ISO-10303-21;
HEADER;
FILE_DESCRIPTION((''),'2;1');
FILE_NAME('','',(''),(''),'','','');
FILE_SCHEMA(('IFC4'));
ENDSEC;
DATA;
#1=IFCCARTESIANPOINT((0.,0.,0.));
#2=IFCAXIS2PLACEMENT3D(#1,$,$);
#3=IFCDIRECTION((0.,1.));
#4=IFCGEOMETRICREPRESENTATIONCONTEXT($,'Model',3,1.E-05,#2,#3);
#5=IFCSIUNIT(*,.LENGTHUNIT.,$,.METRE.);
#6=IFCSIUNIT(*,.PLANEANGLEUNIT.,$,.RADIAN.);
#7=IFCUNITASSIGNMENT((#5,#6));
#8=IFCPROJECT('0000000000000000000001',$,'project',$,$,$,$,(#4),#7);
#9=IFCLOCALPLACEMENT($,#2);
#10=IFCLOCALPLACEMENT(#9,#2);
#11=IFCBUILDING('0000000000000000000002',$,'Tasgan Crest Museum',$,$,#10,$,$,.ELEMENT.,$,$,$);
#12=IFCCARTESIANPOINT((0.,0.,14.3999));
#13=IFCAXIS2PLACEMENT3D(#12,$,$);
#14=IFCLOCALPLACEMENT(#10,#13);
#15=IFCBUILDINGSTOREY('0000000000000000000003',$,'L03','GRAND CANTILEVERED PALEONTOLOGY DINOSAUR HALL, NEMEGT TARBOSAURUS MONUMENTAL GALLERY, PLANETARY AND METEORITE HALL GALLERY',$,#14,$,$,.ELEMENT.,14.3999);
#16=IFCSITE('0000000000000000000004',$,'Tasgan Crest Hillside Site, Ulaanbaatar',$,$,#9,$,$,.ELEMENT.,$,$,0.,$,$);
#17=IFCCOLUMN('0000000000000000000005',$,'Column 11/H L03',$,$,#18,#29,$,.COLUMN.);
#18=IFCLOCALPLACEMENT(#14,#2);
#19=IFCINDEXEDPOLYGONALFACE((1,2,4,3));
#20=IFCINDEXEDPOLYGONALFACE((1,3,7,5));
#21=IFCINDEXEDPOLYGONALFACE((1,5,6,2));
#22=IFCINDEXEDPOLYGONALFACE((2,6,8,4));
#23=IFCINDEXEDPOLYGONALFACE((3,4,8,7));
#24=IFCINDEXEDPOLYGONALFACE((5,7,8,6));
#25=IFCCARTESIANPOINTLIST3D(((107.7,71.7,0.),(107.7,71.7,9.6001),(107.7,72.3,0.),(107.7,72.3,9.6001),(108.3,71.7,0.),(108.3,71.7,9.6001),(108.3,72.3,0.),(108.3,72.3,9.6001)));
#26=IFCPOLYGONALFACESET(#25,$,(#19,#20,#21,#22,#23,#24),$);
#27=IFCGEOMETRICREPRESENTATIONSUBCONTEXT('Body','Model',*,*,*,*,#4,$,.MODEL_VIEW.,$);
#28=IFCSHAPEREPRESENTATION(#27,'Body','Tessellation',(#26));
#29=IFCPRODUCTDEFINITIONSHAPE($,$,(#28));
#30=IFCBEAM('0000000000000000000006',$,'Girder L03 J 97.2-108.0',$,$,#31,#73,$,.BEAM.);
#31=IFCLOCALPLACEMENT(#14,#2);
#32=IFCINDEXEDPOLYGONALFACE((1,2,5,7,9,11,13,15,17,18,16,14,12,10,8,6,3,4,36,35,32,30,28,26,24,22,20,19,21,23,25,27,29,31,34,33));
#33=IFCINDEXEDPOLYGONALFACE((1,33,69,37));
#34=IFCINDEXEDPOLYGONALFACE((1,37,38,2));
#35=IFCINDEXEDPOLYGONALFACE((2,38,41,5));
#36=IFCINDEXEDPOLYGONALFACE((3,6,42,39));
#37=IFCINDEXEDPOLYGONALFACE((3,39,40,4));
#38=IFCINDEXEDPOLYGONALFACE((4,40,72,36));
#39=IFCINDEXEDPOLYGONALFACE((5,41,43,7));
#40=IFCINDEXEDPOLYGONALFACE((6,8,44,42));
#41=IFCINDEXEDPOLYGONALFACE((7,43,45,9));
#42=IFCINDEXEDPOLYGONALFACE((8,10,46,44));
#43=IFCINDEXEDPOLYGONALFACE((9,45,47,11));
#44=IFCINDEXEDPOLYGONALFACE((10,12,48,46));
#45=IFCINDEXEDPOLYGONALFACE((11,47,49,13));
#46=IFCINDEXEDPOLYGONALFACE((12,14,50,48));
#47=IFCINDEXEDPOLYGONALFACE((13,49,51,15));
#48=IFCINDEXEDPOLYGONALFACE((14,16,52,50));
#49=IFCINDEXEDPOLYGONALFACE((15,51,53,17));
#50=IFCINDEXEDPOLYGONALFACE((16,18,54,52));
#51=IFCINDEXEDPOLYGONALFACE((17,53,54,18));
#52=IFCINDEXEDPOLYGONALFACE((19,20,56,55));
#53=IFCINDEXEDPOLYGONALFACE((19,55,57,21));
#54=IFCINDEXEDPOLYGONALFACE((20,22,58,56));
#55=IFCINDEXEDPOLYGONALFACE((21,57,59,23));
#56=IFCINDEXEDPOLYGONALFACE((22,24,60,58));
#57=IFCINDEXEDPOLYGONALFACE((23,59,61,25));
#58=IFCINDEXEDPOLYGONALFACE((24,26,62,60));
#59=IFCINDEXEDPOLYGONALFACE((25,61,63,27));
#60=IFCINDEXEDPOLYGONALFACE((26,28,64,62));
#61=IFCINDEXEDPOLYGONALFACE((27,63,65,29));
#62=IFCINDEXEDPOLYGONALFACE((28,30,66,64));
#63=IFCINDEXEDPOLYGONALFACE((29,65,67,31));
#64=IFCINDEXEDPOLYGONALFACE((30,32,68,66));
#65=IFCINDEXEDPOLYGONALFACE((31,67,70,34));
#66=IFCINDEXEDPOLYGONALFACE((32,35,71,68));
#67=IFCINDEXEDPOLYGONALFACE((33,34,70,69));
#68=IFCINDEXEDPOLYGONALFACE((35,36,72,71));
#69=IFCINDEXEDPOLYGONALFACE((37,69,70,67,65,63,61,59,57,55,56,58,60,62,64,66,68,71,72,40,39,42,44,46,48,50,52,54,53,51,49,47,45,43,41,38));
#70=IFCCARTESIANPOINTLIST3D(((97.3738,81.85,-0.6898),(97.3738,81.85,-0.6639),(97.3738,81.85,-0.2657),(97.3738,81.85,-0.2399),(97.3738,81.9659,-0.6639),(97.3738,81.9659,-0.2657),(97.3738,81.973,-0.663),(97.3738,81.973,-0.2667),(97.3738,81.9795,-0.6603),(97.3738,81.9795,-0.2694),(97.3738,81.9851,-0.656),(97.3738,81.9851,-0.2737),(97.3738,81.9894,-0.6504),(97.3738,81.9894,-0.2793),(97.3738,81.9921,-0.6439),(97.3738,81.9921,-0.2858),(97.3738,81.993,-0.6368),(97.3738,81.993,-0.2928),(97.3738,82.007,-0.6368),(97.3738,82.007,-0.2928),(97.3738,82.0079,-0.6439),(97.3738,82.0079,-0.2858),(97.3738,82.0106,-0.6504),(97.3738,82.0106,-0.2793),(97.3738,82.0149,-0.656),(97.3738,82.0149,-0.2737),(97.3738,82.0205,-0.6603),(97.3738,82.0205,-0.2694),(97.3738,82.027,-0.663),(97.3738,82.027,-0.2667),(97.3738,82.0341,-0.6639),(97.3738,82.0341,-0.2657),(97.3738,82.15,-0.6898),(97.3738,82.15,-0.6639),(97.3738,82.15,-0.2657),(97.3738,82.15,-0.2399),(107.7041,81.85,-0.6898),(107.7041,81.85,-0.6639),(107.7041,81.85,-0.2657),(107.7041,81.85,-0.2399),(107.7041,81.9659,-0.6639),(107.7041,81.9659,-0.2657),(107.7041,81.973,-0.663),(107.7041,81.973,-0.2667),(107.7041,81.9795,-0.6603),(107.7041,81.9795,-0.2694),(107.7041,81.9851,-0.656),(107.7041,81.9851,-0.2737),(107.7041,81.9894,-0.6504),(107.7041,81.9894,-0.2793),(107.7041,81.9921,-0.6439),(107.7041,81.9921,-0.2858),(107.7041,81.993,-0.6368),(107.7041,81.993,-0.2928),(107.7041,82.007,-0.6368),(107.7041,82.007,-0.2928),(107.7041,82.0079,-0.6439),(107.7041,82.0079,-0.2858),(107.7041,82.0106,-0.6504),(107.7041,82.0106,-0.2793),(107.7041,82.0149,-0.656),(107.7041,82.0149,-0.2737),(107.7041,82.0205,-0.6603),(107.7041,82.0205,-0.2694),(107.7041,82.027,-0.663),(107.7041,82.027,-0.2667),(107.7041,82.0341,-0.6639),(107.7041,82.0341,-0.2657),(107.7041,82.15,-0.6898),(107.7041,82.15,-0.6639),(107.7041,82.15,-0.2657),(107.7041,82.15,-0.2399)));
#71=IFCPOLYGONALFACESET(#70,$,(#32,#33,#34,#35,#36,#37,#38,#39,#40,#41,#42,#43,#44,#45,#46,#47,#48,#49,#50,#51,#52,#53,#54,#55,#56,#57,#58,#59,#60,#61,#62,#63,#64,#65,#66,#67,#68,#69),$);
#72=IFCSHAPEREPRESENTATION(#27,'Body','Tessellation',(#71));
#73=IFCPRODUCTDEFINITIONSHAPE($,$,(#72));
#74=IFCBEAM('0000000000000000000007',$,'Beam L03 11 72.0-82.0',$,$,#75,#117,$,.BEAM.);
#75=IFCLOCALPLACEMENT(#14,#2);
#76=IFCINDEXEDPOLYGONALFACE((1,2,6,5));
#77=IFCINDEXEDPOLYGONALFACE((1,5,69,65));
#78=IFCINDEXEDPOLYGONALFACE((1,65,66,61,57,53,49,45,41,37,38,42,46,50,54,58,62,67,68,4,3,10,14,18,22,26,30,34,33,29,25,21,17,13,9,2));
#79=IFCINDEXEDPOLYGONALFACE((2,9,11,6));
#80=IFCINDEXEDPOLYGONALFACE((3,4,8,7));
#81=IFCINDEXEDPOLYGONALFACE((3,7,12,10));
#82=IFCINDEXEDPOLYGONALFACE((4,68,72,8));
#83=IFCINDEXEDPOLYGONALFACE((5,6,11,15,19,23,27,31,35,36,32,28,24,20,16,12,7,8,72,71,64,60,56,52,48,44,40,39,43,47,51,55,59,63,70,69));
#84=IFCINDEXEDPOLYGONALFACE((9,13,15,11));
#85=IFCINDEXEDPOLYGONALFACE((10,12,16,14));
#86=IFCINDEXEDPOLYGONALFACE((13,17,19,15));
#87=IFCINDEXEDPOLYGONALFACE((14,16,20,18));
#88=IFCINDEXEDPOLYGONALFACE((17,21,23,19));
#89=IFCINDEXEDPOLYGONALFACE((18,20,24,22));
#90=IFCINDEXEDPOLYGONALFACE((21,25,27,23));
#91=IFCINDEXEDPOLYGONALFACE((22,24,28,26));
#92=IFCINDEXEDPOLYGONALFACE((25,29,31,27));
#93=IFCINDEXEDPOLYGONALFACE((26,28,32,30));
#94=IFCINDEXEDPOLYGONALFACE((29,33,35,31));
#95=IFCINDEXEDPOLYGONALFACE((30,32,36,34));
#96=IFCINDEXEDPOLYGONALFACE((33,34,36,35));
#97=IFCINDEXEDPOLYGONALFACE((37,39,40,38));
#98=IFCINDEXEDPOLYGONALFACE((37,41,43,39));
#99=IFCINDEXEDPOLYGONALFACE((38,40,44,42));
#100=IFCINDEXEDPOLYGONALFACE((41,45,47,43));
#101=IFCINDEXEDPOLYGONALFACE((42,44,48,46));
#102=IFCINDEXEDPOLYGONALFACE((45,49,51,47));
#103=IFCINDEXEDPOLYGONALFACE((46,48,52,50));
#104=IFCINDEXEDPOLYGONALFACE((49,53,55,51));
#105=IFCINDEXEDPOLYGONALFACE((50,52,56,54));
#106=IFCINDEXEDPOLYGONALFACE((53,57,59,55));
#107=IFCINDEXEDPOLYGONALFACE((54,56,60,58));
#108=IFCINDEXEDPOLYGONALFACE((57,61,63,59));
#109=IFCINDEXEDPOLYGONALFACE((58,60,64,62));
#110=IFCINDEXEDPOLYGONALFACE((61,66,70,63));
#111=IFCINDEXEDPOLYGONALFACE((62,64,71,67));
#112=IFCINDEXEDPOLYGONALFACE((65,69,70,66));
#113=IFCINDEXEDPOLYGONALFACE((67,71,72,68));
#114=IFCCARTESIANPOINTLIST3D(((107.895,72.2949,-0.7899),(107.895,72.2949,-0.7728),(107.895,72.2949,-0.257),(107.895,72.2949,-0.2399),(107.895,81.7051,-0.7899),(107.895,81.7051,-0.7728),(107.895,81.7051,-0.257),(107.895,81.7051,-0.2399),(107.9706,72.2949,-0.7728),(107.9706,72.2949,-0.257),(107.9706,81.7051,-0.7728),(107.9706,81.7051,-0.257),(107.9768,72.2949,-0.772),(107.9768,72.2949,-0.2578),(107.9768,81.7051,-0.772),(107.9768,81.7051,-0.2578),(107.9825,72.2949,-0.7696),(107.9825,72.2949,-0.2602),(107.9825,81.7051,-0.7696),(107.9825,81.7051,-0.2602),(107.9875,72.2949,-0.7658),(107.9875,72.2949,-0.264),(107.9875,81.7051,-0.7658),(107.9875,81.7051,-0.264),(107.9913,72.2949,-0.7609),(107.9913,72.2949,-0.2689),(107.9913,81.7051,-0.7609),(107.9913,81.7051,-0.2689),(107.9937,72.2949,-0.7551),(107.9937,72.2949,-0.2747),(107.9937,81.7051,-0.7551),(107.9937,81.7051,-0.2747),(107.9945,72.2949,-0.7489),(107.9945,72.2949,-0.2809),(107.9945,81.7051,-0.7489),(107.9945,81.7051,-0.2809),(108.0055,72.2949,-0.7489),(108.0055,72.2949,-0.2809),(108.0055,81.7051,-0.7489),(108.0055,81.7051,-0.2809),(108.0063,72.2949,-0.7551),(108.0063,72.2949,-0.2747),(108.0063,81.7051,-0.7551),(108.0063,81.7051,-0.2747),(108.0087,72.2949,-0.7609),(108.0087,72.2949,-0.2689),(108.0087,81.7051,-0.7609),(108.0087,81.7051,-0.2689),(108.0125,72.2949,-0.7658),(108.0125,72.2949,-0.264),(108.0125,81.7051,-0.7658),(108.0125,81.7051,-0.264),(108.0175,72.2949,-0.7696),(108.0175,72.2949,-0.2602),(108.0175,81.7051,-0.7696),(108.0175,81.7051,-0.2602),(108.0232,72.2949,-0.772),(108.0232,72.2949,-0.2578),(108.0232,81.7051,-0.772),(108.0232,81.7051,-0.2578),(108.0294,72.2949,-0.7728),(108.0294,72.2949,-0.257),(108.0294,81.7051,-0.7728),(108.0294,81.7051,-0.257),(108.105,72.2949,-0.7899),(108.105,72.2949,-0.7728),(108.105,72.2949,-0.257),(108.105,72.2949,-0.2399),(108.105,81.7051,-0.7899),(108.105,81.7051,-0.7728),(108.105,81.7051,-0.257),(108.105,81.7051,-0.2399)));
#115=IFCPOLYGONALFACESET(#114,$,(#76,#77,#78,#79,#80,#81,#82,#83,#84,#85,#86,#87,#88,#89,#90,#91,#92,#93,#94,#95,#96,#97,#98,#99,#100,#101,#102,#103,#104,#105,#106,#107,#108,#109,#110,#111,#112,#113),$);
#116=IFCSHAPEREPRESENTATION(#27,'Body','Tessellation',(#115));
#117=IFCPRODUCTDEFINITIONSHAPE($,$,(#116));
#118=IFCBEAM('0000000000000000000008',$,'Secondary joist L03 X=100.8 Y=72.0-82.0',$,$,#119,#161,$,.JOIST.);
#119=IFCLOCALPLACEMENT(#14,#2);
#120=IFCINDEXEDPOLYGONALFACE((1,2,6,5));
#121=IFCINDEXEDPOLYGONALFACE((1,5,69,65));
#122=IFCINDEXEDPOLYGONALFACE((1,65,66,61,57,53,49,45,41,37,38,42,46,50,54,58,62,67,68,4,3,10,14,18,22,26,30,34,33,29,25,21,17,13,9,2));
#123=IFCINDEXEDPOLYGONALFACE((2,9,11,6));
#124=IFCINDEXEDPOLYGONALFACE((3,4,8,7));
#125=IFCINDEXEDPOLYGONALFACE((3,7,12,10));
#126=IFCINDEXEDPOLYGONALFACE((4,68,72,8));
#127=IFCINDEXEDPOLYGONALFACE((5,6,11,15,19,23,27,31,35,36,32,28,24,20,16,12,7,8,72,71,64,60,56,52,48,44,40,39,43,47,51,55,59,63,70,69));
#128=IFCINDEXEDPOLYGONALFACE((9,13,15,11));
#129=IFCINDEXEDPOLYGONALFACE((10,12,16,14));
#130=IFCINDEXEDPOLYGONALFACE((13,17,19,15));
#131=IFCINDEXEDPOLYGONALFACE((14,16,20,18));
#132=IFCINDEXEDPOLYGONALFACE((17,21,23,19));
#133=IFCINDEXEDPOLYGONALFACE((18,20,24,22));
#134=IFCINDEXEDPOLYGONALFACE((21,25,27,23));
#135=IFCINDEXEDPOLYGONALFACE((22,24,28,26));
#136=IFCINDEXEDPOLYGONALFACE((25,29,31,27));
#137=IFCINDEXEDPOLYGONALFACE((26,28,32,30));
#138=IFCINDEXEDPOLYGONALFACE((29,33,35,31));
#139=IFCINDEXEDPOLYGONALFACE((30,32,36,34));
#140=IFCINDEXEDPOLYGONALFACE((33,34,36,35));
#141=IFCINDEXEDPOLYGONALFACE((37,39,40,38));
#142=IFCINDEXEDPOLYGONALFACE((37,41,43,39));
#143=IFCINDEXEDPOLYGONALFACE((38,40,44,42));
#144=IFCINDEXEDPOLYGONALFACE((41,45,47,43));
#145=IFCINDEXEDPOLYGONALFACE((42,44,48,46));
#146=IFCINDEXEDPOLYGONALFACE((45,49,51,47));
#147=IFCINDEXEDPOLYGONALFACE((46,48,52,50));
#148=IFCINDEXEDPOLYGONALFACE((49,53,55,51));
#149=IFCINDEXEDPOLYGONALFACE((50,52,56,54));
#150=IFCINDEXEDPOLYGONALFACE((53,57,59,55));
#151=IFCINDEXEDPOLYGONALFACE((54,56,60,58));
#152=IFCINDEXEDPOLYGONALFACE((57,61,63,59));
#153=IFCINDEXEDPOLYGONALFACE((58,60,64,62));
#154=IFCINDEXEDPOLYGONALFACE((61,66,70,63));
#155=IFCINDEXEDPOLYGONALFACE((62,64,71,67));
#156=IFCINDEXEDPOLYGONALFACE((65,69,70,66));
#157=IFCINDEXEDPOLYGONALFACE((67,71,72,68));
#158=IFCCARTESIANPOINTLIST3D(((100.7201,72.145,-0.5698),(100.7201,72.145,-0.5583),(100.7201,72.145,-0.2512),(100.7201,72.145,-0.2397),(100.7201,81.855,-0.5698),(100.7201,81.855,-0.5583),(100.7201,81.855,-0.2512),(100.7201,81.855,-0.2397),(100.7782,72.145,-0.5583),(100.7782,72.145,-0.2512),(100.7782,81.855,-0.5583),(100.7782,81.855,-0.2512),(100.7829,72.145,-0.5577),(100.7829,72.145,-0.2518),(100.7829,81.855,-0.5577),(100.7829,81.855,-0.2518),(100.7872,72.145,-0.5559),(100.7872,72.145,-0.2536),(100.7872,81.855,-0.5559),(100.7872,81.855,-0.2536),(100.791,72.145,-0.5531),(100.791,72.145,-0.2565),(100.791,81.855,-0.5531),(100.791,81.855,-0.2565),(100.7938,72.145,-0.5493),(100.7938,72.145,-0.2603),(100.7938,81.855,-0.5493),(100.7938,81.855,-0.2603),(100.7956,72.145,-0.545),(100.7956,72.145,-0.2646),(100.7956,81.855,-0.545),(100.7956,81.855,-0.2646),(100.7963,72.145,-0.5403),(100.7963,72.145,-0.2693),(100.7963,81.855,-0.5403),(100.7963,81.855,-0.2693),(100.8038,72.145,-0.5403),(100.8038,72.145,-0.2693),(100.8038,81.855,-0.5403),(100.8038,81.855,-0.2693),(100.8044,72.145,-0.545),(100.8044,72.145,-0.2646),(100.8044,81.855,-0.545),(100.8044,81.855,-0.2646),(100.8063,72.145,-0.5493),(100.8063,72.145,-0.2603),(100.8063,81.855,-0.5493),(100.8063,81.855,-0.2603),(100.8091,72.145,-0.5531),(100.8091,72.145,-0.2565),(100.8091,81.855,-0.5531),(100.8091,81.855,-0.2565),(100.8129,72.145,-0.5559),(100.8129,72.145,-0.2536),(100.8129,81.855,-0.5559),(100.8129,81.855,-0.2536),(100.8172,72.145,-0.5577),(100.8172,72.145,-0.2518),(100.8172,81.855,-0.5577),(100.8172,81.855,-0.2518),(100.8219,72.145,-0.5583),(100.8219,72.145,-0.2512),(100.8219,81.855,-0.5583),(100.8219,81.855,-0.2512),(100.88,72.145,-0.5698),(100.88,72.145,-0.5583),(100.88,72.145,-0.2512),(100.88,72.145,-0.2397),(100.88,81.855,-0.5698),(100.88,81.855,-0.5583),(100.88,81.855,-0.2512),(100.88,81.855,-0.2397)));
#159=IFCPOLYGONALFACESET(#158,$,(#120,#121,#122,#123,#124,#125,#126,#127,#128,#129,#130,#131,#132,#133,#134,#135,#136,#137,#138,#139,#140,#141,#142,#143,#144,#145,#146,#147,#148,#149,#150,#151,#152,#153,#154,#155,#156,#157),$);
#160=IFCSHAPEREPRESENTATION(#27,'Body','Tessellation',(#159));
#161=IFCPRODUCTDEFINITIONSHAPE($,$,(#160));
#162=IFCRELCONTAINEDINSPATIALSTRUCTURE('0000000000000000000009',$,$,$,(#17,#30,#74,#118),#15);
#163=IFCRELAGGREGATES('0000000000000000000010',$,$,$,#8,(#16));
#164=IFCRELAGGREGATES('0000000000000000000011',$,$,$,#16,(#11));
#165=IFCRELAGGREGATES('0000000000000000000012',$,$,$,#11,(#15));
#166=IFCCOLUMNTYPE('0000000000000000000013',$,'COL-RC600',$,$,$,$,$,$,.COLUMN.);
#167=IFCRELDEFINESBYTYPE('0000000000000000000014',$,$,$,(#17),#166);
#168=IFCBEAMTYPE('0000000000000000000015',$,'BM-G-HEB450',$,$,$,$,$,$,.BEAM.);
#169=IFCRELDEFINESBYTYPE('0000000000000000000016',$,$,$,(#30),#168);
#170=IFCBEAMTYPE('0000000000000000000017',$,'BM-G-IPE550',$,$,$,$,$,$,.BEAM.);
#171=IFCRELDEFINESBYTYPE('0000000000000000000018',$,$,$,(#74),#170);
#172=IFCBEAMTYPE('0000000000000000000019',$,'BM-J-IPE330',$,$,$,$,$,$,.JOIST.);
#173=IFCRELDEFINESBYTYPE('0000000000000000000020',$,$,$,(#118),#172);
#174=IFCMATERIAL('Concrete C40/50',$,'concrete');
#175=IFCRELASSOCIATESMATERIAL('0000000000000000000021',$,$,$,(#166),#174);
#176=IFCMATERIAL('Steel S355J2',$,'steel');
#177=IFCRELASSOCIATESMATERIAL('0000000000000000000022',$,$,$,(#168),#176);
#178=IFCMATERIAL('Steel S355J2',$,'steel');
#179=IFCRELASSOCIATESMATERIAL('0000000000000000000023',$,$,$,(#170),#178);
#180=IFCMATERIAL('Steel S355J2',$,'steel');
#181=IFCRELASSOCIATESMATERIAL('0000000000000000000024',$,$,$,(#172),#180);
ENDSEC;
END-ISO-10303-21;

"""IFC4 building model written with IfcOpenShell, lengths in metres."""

from ifc_helpers import new_model, si_unit, direction, frame, origin, origin_2d, place, context, subcontext, project, spatial, rectangle, i_section, extrude, material, material_profile, profile_set, type_object, element, save


model = new_model("IFC4")

# Units and contexts
model_context = context("Model", 3, precision=1e-05, world=origin(), true_north=direction((0.0, 1.0)))
body_context = subcontext(model_context, "Body", "Model", "MODEL_VIEW")
ifc_project = project(units=[si_unit("LENGTHUNIT", "METRE"), si_unit("PLANEANGLEUNIT", "RADIAN")], contexts=[model_context])

# Site, building, storey
site_placement = place(None, origin())
site = spatial("IfcSite", under=ifc_project, at=site_placement, Name="Tasgan Crest Hillside Site, Ulaanbaatar", CompositionType="ELEMENT", RefElevation=0.0)
building_placement = place(site_placement, origin())
building = spatial("IfcBuilding", under=site, at=building_placement, Name="Tasgan Crest Museum", CompositionType="ELEMENT")
storey_placement = place(building_placement, frame((0.0, 0.0, 14.3999)))
storey = spatial("IfcBuildingStorey", under=building, at=storey_placement, Name="L03", Description="GRAND CANTILEVERED PALEONTOLOGY DINOSAUR HALL, NEMEGT TARBOSAURUS MONUMENTAL GALLERY, PLANETARY AND METEORITE HALL GALLERY", CompositionType="ELEMENT", Elevation=14.3999)

# Column
ifc_material_1 = material(Name="Concrete C40/50", Category="concrete")
ifc_material_profile_1 = material_profile(ifc_material_1, rectangle(XDim=0.6001, YDim=0.6001, at=origin_2d()), Name="RC 600x600")
ifc_profile_set_1 = profile_set([ifc_material_profile_1], Name="Concrete C40/50")
column_type = type_object("IfcColumnType", Name="COL-RC600", PredefinedType="COLUMN", material=ifc_profile_set_1)
column_placement = place(storey_placement, frame((108.0, 72.0, 0.0), z_axis=(0.0, 0.0, 1.0), x_axis=(1.0, 0.0, 0.0)))
element("IfcColumn", 1, at=column_placement, inside=storey, type_object=column_type, Name="Column 11/H L03", PredefinedType="COLUMN", context=body_context, shape_type="SweptSolid", body=[
    extrude(rectangle(XDim=0.6001, YDim=0.6001, at=origin_2d()), origin(), (0.0, 0.0, 1.0), 9.6001),
])

# Beams
ifc_material_2 = material(Name="Steel S355J2", Category="steel")
ifc_material_profile_2 = material_profile(ifc_material_2, i_section(OverallWidth=0.3, OverallDepth=0.45, WebThickness=0.0139, FlangeThickness=0.0259, FilletRadius=0.0271, at=origin_2d()), Name="HEB 450")
ifc_profile_set_2 = profile_set([ifc_material_profile_2], Name="Steel S355J2")
beam_type_1 = type_object("IfcBeamType", Name="BM-G-HEB450", PredefinedType="BEAM", material=ifc_profile_set_2)
beam_1_placement = place(storey_placement, frame((97.3738, 82.0, -0.4648), z_axis=(1.0, 0.0, 0.0), x_axis=(0.0, 1.0, 0.0)))
element("IfcBeam", 2, at=beam_1_placement, inside=storey, type_object=beam_type_1, Name="Girder L03 J 97.2-108.0", PredefinedType="BEAM", context=body_context, shape_type="SweptSolid", body=[
    extrude(i_section(OverallWidth=0.3, OverallDepth=0.45, WebThickness=0.0139, FlangeThickness=0.0259, FilletRadius=0.0271, at=origin_2d()), origin(), (0.0, 0.0, 1.0), 10.3303),
])
ifc_material_3 = material(Name="Steel S355J2", Category="steel")
ifc_material_profile_3 = material_profile(ifc_material_3, i_section(OverallWidth=0.21, OverallDepth=0.55, WebThickness=0.011, FlangeThickness=0.0171, FilletRadius=0.0239, at=origin_2d()), Name="IPE 550")
ifc_profile_set_3 = profile_set([ifc_material_profile_3], Name="Steel S355J2")
beam_type_2 = type_object("IfcBeamType", Name="BM-G-IPE550", PredefinedType="BEAM", material=ifc_profile_set_3)
beam_2_placement = place(storey_placement, frame((108.0, 72.2949, -0.5149), z_axis=(0.0, 1.0, 0.0), x_axis=(-1.0, 0.0, 0.0)))
element("IfcBeam", 3, at=beam_2_placement, inside=storey, type_object=beam_type_2, Name="Beam L03 11 72.0-82.0", PredefinedType="BEAM", context=body_context, shape_type="SweptSolid", body=[
    extrude(i_section(OverallWidth=0.21, OverallDepth=0.55, WebThickness=0.011, FlangeThickness=0.0171, FilletRadius=0.0239, at=origin_2d()), origin(), (0.0, 0.0, 1.0), 9.4102),
])
ifc_material_4 = material(Name="Steel S355J2", Category="steel")
ifc_material_profile_4 = material_profile(ifc_material_4, i_section(OverallWidth=0.1599, OverallDepth=0.3301, WebThickness=0.0076, FlangeThickness=0.0115, FilletRadius=0.0181, at=origin_2d()), Name="IPE 330")
ifc_profile_set_4 = profile_set([ifc_material_profile_4], Name="Steel S355J2")
beam_type_3 = type_object("IfcBeamType", Name="BM-J-IPE330", PredefinedType="JOIST", material=ifc_profile_set_4)
for number, where, z_axis, x_axis, name in (
    (4, (100.8, 72.145, -0.4048), (0.0, 1.0, 0.0), (-1.0, 0.0, 0.0), "Secondary joist L03 X=100.8 Y=72.0-82.0"),
):
    element("IfcBeam", number, at=place(storey_placement, frame(where, z_axis=z_axis, x_axis=x_axis)), inside=storey, type_object=beam_type_3, Name=name, PredefinedType="JOIST", context=body_context, shape_type="SweptSolid", body=[
        extrude(i_section(OverallWidth=0.1599, OverallDepth=0.3301, WebThickness=0.0076, FlangeThickness=0.0115, FilletRadius=0.0181, at=origin_2d()), origin(), (0.0, 0.0, 1.0), 9.71),
    ])

save(model, "model.ifc")
